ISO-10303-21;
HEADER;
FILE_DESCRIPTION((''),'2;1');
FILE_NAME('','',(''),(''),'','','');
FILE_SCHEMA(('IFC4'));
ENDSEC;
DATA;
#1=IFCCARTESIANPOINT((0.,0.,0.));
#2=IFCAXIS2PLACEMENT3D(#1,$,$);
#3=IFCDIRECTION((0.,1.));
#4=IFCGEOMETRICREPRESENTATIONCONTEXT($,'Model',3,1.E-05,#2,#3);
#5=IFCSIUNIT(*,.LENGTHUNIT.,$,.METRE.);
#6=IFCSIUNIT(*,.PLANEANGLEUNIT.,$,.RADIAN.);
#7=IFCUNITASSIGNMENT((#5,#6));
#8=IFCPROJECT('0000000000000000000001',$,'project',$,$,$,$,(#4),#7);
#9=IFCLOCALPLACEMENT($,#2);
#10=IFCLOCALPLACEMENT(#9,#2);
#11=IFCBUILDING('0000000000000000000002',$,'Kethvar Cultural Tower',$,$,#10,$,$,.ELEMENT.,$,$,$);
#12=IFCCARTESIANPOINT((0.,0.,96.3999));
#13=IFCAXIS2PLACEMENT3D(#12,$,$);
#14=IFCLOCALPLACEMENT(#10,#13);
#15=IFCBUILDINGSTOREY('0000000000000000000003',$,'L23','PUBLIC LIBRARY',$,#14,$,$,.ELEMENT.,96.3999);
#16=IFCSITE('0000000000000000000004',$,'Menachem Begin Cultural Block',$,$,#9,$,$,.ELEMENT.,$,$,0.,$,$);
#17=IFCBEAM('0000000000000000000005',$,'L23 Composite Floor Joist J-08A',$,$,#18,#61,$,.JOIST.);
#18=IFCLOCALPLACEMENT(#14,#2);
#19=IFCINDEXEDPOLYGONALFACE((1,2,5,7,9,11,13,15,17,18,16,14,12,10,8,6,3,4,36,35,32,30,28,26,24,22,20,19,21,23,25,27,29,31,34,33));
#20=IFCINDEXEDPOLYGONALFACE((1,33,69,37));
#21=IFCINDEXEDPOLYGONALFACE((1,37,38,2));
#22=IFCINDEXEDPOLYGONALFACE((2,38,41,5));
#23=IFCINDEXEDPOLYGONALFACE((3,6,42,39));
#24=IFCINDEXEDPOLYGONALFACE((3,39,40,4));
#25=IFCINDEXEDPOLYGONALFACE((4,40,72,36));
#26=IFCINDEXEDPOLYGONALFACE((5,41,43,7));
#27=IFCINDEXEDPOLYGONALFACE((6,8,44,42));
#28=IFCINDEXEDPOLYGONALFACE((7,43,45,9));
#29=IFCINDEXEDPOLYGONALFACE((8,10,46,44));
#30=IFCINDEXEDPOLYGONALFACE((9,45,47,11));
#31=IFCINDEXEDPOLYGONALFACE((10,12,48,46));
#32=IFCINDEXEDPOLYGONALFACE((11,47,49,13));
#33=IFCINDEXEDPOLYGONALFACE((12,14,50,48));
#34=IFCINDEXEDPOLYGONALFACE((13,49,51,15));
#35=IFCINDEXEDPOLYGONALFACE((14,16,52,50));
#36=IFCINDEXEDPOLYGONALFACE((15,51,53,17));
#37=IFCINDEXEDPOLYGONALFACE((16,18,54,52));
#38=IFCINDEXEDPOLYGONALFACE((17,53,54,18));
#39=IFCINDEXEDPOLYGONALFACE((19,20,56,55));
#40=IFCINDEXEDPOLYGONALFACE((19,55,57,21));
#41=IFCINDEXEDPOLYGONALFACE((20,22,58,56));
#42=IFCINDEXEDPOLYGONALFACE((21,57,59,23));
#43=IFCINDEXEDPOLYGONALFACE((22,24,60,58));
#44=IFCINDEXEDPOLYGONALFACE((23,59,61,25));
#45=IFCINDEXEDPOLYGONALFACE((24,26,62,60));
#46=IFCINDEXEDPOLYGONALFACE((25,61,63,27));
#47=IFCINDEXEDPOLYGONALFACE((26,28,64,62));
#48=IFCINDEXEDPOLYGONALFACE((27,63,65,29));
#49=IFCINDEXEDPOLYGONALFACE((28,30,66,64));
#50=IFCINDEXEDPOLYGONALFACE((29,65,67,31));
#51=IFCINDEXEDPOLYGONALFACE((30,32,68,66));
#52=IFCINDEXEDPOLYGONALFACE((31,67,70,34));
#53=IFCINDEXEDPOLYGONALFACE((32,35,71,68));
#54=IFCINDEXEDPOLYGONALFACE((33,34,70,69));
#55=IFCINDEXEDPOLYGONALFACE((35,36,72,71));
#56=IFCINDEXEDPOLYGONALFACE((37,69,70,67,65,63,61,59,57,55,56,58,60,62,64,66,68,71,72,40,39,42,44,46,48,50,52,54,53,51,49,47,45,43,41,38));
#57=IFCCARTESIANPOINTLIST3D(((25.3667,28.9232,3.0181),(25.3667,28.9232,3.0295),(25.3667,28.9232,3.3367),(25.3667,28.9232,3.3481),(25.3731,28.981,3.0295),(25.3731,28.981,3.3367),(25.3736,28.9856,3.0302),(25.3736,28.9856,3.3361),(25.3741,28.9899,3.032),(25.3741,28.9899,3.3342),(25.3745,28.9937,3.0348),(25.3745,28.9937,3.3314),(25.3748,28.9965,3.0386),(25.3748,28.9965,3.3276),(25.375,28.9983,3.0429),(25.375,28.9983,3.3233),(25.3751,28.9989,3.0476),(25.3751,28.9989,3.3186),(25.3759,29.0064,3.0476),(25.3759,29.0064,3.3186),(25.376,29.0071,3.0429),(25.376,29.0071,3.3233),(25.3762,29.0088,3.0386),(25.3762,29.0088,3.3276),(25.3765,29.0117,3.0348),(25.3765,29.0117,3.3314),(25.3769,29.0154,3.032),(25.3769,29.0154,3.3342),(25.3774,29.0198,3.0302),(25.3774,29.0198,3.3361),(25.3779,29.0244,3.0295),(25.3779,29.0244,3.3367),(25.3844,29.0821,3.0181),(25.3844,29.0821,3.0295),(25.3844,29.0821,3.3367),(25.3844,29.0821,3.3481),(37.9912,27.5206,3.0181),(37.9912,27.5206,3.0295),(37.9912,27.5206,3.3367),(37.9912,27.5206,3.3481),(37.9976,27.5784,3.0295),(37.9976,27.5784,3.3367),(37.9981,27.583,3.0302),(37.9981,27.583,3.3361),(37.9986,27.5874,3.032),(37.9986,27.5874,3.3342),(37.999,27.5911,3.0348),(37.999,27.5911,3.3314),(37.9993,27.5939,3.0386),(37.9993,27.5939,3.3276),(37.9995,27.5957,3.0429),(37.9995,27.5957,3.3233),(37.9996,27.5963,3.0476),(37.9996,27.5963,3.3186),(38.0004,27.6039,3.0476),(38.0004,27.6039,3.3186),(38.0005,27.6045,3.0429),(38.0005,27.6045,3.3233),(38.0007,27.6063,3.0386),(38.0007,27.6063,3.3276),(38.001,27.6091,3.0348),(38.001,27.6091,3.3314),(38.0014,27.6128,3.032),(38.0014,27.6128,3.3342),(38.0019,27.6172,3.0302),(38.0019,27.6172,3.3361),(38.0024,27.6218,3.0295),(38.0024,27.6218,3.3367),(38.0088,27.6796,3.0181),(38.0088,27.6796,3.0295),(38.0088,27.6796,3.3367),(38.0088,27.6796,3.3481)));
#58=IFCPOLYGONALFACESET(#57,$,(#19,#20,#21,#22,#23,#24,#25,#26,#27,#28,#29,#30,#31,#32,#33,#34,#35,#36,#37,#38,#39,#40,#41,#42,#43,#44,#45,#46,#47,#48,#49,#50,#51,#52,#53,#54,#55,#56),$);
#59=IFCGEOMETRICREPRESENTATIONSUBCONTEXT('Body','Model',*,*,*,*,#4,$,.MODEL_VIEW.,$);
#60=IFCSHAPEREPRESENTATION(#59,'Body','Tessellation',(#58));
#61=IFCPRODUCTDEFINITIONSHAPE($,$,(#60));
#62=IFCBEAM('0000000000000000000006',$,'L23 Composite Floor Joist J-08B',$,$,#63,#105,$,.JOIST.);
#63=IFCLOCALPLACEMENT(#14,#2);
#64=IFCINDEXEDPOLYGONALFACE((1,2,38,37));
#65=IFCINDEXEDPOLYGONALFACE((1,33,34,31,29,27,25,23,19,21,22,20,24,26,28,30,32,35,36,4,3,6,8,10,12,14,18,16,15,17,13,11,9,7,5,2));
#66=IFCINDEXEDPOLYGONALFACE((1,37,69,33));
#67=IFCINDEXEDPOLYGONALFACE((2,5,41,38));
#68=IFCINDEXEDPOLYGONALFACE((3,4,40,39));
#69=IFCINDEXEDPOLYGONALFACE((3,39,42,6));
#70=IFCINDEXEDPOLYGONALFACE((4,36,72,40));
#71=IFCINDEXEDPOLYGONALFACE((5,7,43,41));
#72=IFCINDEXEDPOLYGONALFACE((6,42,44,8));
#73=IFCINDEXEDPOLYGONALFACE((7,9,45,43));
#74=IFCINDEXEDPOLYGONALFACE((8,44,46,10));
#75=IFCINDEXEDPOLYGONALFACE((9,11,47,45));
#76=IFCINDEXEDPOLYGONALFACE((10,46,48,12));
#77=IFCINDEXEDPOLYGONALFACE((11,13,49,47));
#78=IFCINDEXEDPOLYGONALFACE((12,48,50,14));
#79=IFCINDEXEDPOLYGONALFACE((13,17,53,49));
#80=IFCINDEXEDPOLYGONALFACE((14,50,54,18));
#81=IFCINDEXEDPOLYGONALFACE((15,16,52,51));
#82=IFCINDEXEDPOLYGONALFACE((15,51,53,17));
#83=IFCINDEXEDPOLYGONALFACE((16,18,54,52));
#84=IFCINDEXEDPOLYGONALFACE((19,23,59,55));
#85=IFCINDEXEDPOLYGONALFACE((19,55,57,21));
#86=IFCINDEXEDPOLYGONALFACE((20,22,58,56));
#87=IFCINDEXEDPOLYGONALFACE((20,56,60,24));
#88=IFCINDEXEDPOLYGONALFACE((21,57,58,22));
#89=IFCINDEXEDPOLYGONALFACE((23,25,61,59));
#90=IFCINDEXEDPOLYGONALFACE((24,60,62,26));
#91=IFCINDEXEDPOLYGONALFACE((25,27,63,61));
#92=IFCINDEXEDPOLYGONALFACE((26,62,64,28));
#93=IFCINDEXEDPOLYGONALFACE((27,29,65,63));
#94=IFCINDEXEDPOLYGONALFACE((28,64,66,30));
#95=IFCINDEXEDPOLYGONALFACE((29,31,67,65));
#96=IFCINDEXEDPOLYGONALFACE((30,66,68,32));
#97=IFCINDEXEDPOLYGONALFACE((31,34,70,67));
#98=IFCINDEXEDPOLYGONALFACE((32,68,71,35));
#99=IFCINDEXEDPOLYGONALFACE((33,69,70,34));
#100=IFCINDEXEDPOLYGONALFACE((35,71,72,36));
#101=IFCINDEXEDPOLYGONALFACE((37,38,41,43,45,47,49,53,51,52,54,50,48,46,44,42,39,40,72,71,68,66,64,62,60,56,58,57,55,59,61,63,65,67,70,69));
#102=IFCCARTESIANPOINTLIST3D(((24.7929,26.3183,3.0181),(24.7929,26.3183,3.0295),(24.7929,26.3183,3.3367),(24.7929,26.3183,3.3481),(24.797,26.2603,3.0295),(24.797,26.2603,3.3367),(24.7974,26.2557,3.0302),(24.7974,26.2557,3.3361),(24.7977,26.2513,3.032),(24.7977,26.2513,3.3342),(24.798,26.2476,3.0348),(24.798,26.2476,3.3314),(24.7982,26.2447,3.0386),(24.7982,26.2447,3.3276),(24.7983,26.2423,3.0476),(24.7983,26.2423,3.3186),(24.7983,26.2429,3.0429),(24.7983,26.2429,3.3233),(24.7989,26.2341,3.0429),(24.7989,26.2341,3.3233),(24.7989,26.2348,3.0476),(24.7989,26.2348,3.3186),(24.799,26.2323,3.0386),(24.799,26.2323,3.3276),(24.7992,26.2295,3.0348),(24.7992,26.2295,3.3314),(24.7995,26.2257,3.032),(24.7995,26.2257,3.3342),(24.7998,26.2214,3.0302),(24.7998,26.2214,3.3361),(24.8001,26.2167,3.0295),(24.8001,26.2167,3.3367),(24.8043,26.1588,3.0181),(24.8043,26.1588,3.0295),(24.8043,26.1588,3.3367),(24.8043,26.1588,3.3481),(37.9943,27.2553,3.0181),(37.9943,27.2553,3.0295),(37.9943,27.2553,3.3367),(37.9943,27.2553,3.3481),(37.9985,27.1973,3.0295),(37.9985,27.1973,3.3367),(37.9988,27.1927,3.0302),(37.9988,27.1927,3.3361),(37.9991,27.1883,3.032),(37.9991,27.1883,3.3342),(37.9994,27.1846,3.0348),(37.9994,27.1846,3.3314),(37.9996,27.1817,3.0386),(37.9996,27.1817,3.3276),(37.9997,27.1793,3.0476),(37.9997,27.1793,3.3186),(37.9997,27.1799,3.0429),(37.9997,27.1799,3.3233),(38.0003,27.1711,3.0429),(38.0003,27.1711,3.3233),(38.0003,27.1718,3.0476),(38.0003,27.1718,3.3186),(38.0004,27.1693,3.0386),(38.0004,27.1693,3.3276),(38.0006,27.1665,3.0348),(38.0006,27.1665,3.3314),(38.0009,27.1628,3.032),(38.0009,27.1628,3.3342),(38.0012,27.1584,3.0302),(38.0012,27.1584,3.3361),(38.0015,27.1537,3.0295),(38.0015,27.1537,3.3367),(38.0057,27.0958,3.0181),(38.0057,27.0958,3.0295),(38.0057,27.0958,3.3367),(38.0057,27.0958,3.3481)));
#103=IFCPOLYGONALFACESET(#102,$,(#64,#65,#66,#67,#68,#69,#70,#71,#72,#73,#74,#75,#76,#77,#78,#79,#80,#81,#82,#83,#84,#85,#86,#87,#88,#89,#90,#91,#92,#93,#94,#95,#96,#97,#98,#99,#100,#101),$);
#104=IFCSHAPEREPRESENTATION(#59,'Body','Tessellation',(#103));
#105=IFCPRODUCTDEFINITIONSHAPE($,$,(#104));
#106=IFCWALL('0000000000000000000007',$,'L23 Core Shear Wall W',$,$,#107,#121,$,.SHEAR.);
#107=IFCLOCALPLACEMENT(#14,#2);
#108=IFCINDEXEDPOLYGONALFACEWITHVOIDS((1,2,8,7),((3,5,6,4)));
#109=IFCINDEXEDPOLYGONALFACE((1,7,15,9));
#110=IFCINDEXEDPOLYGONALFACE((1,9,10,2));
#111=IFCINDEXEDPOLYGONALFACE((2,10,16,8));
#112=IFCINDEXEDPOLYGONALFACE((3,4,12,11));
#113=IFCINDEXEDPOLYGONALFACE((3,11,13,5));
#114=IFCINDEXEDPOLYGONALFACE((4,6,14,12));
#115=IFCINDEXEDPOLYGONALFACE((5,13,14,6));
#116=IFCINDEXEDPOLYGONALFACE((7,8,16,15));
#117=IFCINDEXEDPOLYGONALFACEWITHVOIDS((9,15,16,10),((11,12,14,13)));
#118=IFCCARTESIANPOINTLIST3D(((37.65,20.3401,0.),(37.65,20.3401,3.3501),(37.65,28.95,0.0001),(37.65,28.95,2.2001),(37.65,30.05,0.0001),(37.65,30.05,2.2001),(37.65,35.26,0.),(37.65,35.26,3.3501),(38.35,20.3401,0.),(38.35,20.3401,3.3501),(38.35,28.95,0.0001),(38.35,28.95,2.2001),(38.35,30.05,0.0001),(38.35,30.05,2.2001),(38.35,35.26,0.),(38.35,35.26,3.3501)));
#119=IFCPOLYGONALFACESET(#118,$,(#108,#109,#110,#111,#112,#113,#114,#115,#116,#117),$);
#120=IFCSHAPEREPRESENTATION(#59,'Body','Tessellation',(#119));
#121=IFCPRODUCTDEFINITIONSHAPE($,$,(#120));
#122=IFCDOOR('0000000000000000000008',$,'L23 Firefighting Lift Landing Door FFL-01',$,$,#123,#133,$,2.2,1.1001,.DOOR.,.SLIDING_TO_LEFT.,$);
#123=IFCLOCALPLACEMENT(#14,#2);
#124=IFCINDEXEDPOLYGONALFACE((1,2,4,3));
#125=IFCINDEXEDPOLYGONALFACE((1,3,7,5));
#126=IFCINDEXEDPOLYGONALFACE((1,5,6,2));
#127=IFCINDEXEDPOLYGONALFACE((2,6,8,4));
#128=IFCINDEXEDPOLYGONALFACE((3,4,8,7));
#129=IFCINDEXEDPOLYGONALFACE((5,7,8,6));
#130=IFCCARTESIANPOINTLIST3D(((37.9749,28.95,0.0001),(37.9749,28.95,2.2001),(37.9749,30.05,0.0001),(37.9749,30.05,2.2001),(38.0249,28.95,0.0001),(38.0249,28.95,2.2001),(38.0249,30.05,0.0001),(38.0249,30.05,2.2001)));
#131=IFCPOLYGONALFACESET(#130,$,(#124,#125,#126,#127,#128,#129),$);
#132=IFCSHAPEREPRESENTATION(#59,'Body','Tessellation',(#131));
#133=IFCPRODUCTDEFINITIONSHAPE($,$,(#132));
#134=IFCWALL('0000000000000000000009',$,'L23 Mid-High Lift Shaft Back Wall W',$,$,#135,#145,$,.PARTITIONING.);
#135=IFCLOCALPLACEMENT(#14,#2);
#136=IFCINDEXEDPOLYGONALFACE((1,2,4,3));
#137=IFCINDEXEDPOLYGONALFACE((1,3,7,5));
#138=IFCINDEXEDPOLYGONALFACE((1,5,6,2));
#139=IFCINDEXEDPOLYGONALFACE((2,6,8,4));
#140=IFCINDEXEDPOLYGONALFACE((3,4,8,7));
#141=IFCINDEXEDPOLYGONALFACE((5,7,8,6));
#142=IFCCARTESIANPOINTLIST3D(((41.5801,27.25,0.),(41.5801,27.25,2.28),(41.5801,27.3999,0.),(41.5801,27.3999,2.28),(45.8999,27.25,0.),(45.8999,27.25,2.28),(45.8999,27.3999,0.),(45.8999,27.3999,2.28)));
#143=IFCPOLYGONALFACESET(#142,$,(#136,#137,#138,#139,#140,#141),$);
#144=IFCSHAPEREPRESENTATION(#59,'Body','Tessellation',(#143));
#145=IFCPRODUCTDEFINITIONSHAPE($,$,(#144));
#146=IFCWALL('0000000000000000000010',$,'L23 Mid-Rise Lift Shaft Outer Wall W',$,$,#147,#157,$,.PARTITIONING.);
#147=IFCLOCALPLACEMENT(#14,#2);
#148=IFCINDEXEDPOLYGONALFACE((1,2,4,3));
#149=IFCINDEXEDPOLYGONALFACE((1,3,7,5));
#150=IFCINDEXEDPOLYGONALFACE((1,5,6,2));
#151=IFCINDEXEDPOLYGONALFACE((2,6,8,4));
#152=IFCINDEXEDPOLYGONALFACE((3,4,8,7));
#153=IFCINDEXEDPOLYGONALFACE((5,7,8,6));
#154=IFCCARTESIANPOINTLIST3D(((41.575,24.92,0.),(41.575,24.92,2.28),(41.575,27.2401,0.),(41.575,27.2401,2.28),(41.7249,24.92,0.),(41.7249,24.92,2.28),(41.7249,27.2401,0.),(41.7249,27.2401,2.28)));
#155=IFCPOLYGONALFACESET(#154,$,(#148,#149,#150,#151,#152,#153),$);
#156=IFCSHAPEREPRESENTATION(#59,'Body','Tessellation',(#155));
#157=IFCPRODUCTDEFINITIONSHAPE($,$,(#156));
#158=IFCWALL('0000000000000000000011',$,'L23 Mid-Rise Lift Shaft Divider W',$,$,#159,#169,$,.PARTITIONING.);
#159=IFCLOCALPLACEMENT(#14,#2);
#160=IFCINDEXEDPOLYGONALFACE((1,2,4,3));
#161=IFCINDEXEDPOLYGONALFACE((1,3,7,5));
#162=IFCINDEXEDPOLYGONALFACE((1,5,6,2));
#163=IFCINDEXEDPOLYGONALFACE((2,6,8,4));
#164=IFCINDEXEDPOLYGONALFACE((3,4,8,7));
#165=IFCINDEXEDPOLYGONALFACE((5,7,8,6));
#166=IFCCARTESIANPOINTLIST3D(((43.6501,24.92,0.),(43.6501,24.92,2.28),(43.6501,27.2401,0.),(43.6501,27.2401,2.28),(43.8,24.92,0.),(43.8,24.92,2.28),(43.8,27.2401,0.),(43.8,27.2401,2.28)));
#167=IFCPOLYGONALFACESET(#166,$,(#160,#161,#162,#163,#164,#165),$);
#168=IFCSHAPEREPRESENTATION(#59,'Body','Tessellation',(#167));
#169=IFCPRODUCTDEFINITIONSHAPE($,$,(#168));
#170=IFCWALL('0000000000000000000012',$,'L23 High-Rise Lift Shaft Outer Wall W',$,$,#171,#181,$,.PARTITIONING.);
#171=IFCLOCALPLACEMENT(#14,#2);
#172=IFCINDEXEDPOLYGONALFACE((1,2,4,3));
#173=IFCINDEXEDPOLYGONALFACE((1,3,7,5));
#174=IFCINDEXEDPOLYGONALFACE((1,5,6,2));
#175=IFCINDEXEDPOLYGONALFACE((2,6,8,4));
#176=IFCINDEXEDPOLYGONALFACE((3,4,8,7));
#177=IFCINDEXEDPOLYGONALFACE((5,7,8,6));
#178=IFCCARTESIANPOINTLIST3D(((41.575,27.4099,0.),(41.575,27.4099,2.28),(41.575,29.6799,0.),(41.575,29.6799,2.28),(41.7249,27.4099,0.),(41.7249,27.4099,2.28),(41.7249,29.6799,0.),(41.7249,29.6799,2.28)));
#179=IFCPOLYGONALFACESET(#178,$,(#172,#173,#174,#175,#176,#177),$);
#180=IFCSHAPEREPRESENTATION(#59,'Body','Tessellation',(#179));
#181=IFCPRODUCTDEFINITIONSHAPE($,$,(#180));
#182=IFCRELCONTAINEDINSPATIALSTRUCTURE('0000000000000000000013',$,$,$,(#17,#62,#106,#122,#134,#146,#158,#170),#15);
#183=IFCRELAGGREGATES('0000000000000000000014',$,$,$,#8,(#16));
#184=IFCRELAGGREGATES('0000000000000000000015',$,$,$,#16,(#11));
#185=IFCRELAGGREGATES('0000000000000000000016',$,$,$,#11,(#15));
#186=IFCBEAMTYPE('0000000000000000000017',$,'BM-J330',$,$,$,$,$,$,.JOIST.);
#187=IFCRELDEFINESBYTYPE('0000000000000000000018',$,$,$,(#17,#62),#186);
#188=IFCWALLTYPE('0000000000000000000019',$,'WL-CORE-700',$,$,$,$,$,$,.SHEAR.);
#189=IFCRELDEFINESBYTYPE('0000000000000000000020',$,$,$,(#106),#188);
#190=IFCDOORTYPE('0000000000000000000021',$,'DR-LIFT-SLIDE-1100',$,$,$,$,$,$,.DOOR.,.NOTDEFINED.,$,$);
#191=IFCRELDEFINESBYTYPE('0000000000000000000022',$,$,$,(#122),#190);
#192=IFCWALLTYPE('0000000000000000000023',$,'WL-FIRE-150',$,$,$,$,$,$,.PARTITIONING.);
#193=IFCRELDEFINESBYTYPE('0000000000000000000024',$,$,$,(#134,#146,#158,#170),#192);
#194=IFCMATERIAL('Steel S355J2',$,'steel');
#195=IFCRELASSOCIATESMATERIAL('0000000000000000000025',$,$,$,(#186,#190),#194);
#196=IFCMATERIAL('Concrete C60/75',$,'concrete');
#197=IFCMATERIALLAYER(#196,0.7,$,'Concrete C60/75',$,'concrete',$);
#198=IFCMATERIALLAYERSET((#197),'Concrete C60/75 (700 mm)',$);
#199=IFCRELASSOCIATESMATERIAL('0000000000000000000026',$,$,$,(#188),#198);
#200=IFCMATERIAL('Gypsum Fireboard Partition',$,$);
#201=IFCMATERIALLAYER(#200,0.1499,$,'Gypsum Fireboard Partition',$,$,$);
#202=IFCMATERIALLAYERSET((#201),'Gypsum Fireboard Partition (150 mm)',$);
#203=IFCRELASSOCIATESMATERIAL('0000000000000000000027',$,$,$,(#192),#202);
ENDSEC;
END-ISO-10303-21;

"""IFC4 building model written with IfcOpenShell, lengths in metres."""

from ifc_helpers import new_model, si_unit, direction, frame, frame_2d, origin, origin_2d, place, context, subcontext, project, spatial, rectangle, i_section, extrude, source, transform, mapped, material, layer, layer_set, material_profile, profile_set, type_object, element, fill, save


model = new_model("IFC4")

# Units and contexts
model_context = context("Model", 3, precision=1e-05, world=origin(), true_north=direction((0.0, 1.0)))
body_context = subcontext(model_context, "Body", "Model", "MODEL_VIEW")
ifc_project = project(units=[si_unit("LENGTHUNIT", "METRE"), si_unit("PLANEANGLEUNIT", "RADIAN")], contexts=[model_context])

# Site, building, storey
site_placement = place(None, origin())
site = spatial("IfcSite", under=ifc_project, at=site_placement, Name="Menachem Begin Cultural Block", CompositionType="ELEMENT", RefElevation=0.0)
building_placement = place(site_placement, origin())
building = spatial("IfcBuilding", under=site, at=building_placement, Name="Kethvar Cultural Tower", CompositionType="ELEMENT")
storey_placement = place(building_placement, frame((0.0, 0.0, 96.3999)))
storey = spatial("IfcBuildingStorey", under=building, at=storey_placement, Name="L23", Description="PUBLIC LIBRARY", CompositionType="ELEMENT", Elevation=96.3999)

# Beams
ifc_material_1 = material(Name="Steel S355J2", Category="steel")
ifc_material_profile_1 = material_profile(ifc_material_1, i_section(OverallWidth=0.1599, OverallDepth=0.3301, WebThickness=0.0076, FlangeThickness=0.0115, FilletRadius=0.0181, at=origin_2d()), Name="Steel S355J2 — IPE330")
ifc_profile_set_1 = profile_set([ifc_material_profile_1], Name="Steel S355J2 — IPE330")
beam_type_1 = type_object("IfcBeamType", Name="BM-J330", PredefinedType="JOIST", material=ifc_profile_set_1)
shared_shape_1 = source(origin(), body_context, "Body", "SweptSolid", [
    extrude(i_section(OverallWidth=0.1599, OverallDepth=0.3301, WebThickness=0.0076, FlangeThickness=0.0115, FilletRadius=0.0181, at=origin_2d()), origin(), (0.0, 0.0, 1.0), 12.7021),
])
beam_1_placement = place(storey_placement, frame((38.0, 27.6001, 3.1831), z_axis=(-0.993885, 0.110421, 0.0), x_axis=(-0.110421, -0.993885, 0.0)))
element("IfcBeam", 1, at=beam_1_placement, inside=storey, type_object=beam_type_1, Name="L23 Composite Floor Joist J-08A", PredefinedType="JOIST", context=body_context, shape_type="MappedRepresentation", body=[
    mapped(shared_shape_1, transform((0.0, 0.0, 0.0), scale=1.0)),
])
shared_shape_2 = source(origin(), body_context, "Body", "SweptSolid", [
    extrude(i_section(OverallWidth=0.1599, OverallDepth=0.3301, WebThickness=0.0076, FlangeThickness=0.0115, FilletRadius=0.0181, at=origin_2d()), origin(), (0.0, 0.0, 1.0), 13.2346),
])
beam_2_placement = place(storey_placement, frame((38.0, 27.1755, 3.1831), z_axis=(-0.997491, -0.0708, 0.0), x_axis=(0.0708, -0.997491, 0.0)))
element("IfcBeam", 2, at=beam_2_placement, inside=storey, type_object=beam_type_1, Name="L23 Composite Floor Joist J-08B", PredefinedType="JOIST", context=body_context, shape_type="MappedRepresentation", body=[
    mapped(shared_shape_2, transform((0.0, 0.0, 0.0), scale=1.0)),
])

# Wall, opening, door
ifc_material_2 = material(Name="Concrete C60/75", Category="concrete")
ifc_layer_1 = layer(ifc_material_2, 0.7, Name="Concrete C60/75", Category="concrete")
ifc_layer_set_1 = layer_set([ifc_layer_1], Name="Concrete C60/75 (700 mm)")
wall_type_1 = type_object("IfcWallType", Name="WL-CORE-700", PredefinedType="SHEAR", material=ifc_layer_set_1)
wall_1_placement = place(storey_placement, frame((38.0, 35.26, 0.0), z_axis=(0.0, 0.0, 1.0), x_axis=(0.0, -1.0, 0.0)))
wall_1 = element("IfcWall", 3, at=wall_1_placement, inside=storey, type_object=wall_type_1, Name="L23 Core Shear Wall W", PredefinedType="SHEAR", context=body_context, shape_type="SweptSolid", body=[
    extrude(rectangle(XDim=14.9199, YDim=0.7, at=frame_2d((7.46, 0.0))), origin(), (0.0, 0.0, 1.0), 3.3501),
])
opening_placement = place(wall_1_placement, frame((5.21, 0.0, 0.0)))
opening = element("IfcOpeningElement", 4, at=opening_placement, cuts=wall_1, PredefinedType="OPENING", context=body_context, shape_type="SweptSolid", body=[
    extrude(rectangle(XDim=1.1001, YDim=2.2, at=frame_2d((0.55, 1.1001))), frame((0.0, 0.3599, 0.0), z_axis=(0.0, -1.0, 0.0), x_axis=(1.0, 0.0, 0.0)), (0.0, 0.0, 1.0), 0.72),
])
door_type = type_object("IfcDoorType", Name="DR-LIFT-SLIDE-1100", OperationType="NOTDEFINED", PredefinedType="DOOR", material=ifc_material_1)
shared_shape_3 = source(origin(), body_context, "Body", "SweptSolid", [
    extrude(rectangle(XDim=1.1001, YDim=2.2, at=frame_2d((0.55, 1.1001))), frame((0.0, 0.0249, 0.0), z_axis=(0.0, -1.0, 0.0), x_axis=(1.0, 0.0, 0.0)), (0.0, 0.0, 1.0), 0.05),
])
door_placement = place(opening_placement, origin())
door = element("IfcDoor", 5, at=door_placement, inside=storey, type_object=door_type, Name="L23 Firefighting Lift Landing Door FFL-01", OperationType="SLIDING_TO_LEFT", OverallHeight=2.2, OverallWidth=1.1001, PredefinedType="DOOR", context=body_context, shape_type="MappedRepresentation", body=[
    mapped(shared_shape_3, transform((0.0, 0.0, 0.0), scale=1.0)),
])
fill(opening, door)

# Walls
ifc_material_3 = material(Name="Gypsum Fireboard Partition")
ifc_layer_2 = layer(ifc_material_3, 0.1499, Name="Gypsum Fireboard Partition")
ifc_layer_set_2 = layer_set([ifc_layer_2], Name="Gypsum Fireboard Partition (150 mm)")
wall_type_2 = type_object("IfcWallType", Name="WL-FIRE-150", PredefinedType="PARTITIONING", material=ifc_layer_set_2)
wall_2_placement = place(storey_placement, frame((41.5801, 27.325, 0.0), z_axis=(0.0, 0.0, 1.0), x_axis=(1.0, 0.0, 0.0)))
element("IfcWall", 6, at=wall_2_placement, inside=storey, type_object=wall_type_2, Name="L23 Mid-High Lift Shaft Back Wall W", PredefinedType="PARTITIONING", context=body_context, shape_type="SweptSolid", body=[
    extrude(rectangle(XDim=4.3198, YDim=0.1499, at=frame_2d((2.1599, 0.0))), origin(), (0.0, 0.0, 1.0), 2.28),
])
for number, where, z_axis, x_axis, name in (
    (7, (41.6499, 24.9199, 0.0), (0.0, 0.0, 1.0), (0.0, 1.0, 0.0), "L23 Mid-Rise Lift Shaft Outer Wall W"),
    (8, (43.7251, 24.9199, 0.0), (0.0, 0.0, 1.0), (0.0, 1.0, 0.0), "L23 Mid-Rise Lift Shaft Divider W"),
):
    element("IfcWall", number, at=place(storey_placement, frame(where, z_axis=z_axis, x_axis=x_axis)), inside=storey, type_object=wall_type_2, Name=name, PredefinedType="PARTITIONING", context=body_context, shape_type="SweptSolid", body=[
        extrude(rectangle(XDim=2.3201, YDim=0.1499, at=frame_2d((1.1602, 0.0))), origin(), (0.0, 0.0, 1.0), 2.28),
    ])
for number, where, z_axis, x_axis, name in (
    (9, (41.6499, 27.4099, 0.0), (0.0, 0.0, 1.0), (0.0, 1.0, 0.0), "L23 High-Rise Lift Shaft Outer Wall W"),
):
    element("IfcWall", number, at=place(storey_placement, frame(where, z_axis=z_axis, x_axis=x_axis)), inside=storey, type_object=wall_type_2, Name=name, PredefinedType="PARTITIONING", context=body_context, shape_type="SweptSolid", body=[
        extrude(rectangle(XDim=2.27, YDim=0.1499, at=frame_2d((1.135, 0.0))), origin(), (0.0, 0.0, 1.0), 2.28),
    ])

save(model, "model.ifc")
